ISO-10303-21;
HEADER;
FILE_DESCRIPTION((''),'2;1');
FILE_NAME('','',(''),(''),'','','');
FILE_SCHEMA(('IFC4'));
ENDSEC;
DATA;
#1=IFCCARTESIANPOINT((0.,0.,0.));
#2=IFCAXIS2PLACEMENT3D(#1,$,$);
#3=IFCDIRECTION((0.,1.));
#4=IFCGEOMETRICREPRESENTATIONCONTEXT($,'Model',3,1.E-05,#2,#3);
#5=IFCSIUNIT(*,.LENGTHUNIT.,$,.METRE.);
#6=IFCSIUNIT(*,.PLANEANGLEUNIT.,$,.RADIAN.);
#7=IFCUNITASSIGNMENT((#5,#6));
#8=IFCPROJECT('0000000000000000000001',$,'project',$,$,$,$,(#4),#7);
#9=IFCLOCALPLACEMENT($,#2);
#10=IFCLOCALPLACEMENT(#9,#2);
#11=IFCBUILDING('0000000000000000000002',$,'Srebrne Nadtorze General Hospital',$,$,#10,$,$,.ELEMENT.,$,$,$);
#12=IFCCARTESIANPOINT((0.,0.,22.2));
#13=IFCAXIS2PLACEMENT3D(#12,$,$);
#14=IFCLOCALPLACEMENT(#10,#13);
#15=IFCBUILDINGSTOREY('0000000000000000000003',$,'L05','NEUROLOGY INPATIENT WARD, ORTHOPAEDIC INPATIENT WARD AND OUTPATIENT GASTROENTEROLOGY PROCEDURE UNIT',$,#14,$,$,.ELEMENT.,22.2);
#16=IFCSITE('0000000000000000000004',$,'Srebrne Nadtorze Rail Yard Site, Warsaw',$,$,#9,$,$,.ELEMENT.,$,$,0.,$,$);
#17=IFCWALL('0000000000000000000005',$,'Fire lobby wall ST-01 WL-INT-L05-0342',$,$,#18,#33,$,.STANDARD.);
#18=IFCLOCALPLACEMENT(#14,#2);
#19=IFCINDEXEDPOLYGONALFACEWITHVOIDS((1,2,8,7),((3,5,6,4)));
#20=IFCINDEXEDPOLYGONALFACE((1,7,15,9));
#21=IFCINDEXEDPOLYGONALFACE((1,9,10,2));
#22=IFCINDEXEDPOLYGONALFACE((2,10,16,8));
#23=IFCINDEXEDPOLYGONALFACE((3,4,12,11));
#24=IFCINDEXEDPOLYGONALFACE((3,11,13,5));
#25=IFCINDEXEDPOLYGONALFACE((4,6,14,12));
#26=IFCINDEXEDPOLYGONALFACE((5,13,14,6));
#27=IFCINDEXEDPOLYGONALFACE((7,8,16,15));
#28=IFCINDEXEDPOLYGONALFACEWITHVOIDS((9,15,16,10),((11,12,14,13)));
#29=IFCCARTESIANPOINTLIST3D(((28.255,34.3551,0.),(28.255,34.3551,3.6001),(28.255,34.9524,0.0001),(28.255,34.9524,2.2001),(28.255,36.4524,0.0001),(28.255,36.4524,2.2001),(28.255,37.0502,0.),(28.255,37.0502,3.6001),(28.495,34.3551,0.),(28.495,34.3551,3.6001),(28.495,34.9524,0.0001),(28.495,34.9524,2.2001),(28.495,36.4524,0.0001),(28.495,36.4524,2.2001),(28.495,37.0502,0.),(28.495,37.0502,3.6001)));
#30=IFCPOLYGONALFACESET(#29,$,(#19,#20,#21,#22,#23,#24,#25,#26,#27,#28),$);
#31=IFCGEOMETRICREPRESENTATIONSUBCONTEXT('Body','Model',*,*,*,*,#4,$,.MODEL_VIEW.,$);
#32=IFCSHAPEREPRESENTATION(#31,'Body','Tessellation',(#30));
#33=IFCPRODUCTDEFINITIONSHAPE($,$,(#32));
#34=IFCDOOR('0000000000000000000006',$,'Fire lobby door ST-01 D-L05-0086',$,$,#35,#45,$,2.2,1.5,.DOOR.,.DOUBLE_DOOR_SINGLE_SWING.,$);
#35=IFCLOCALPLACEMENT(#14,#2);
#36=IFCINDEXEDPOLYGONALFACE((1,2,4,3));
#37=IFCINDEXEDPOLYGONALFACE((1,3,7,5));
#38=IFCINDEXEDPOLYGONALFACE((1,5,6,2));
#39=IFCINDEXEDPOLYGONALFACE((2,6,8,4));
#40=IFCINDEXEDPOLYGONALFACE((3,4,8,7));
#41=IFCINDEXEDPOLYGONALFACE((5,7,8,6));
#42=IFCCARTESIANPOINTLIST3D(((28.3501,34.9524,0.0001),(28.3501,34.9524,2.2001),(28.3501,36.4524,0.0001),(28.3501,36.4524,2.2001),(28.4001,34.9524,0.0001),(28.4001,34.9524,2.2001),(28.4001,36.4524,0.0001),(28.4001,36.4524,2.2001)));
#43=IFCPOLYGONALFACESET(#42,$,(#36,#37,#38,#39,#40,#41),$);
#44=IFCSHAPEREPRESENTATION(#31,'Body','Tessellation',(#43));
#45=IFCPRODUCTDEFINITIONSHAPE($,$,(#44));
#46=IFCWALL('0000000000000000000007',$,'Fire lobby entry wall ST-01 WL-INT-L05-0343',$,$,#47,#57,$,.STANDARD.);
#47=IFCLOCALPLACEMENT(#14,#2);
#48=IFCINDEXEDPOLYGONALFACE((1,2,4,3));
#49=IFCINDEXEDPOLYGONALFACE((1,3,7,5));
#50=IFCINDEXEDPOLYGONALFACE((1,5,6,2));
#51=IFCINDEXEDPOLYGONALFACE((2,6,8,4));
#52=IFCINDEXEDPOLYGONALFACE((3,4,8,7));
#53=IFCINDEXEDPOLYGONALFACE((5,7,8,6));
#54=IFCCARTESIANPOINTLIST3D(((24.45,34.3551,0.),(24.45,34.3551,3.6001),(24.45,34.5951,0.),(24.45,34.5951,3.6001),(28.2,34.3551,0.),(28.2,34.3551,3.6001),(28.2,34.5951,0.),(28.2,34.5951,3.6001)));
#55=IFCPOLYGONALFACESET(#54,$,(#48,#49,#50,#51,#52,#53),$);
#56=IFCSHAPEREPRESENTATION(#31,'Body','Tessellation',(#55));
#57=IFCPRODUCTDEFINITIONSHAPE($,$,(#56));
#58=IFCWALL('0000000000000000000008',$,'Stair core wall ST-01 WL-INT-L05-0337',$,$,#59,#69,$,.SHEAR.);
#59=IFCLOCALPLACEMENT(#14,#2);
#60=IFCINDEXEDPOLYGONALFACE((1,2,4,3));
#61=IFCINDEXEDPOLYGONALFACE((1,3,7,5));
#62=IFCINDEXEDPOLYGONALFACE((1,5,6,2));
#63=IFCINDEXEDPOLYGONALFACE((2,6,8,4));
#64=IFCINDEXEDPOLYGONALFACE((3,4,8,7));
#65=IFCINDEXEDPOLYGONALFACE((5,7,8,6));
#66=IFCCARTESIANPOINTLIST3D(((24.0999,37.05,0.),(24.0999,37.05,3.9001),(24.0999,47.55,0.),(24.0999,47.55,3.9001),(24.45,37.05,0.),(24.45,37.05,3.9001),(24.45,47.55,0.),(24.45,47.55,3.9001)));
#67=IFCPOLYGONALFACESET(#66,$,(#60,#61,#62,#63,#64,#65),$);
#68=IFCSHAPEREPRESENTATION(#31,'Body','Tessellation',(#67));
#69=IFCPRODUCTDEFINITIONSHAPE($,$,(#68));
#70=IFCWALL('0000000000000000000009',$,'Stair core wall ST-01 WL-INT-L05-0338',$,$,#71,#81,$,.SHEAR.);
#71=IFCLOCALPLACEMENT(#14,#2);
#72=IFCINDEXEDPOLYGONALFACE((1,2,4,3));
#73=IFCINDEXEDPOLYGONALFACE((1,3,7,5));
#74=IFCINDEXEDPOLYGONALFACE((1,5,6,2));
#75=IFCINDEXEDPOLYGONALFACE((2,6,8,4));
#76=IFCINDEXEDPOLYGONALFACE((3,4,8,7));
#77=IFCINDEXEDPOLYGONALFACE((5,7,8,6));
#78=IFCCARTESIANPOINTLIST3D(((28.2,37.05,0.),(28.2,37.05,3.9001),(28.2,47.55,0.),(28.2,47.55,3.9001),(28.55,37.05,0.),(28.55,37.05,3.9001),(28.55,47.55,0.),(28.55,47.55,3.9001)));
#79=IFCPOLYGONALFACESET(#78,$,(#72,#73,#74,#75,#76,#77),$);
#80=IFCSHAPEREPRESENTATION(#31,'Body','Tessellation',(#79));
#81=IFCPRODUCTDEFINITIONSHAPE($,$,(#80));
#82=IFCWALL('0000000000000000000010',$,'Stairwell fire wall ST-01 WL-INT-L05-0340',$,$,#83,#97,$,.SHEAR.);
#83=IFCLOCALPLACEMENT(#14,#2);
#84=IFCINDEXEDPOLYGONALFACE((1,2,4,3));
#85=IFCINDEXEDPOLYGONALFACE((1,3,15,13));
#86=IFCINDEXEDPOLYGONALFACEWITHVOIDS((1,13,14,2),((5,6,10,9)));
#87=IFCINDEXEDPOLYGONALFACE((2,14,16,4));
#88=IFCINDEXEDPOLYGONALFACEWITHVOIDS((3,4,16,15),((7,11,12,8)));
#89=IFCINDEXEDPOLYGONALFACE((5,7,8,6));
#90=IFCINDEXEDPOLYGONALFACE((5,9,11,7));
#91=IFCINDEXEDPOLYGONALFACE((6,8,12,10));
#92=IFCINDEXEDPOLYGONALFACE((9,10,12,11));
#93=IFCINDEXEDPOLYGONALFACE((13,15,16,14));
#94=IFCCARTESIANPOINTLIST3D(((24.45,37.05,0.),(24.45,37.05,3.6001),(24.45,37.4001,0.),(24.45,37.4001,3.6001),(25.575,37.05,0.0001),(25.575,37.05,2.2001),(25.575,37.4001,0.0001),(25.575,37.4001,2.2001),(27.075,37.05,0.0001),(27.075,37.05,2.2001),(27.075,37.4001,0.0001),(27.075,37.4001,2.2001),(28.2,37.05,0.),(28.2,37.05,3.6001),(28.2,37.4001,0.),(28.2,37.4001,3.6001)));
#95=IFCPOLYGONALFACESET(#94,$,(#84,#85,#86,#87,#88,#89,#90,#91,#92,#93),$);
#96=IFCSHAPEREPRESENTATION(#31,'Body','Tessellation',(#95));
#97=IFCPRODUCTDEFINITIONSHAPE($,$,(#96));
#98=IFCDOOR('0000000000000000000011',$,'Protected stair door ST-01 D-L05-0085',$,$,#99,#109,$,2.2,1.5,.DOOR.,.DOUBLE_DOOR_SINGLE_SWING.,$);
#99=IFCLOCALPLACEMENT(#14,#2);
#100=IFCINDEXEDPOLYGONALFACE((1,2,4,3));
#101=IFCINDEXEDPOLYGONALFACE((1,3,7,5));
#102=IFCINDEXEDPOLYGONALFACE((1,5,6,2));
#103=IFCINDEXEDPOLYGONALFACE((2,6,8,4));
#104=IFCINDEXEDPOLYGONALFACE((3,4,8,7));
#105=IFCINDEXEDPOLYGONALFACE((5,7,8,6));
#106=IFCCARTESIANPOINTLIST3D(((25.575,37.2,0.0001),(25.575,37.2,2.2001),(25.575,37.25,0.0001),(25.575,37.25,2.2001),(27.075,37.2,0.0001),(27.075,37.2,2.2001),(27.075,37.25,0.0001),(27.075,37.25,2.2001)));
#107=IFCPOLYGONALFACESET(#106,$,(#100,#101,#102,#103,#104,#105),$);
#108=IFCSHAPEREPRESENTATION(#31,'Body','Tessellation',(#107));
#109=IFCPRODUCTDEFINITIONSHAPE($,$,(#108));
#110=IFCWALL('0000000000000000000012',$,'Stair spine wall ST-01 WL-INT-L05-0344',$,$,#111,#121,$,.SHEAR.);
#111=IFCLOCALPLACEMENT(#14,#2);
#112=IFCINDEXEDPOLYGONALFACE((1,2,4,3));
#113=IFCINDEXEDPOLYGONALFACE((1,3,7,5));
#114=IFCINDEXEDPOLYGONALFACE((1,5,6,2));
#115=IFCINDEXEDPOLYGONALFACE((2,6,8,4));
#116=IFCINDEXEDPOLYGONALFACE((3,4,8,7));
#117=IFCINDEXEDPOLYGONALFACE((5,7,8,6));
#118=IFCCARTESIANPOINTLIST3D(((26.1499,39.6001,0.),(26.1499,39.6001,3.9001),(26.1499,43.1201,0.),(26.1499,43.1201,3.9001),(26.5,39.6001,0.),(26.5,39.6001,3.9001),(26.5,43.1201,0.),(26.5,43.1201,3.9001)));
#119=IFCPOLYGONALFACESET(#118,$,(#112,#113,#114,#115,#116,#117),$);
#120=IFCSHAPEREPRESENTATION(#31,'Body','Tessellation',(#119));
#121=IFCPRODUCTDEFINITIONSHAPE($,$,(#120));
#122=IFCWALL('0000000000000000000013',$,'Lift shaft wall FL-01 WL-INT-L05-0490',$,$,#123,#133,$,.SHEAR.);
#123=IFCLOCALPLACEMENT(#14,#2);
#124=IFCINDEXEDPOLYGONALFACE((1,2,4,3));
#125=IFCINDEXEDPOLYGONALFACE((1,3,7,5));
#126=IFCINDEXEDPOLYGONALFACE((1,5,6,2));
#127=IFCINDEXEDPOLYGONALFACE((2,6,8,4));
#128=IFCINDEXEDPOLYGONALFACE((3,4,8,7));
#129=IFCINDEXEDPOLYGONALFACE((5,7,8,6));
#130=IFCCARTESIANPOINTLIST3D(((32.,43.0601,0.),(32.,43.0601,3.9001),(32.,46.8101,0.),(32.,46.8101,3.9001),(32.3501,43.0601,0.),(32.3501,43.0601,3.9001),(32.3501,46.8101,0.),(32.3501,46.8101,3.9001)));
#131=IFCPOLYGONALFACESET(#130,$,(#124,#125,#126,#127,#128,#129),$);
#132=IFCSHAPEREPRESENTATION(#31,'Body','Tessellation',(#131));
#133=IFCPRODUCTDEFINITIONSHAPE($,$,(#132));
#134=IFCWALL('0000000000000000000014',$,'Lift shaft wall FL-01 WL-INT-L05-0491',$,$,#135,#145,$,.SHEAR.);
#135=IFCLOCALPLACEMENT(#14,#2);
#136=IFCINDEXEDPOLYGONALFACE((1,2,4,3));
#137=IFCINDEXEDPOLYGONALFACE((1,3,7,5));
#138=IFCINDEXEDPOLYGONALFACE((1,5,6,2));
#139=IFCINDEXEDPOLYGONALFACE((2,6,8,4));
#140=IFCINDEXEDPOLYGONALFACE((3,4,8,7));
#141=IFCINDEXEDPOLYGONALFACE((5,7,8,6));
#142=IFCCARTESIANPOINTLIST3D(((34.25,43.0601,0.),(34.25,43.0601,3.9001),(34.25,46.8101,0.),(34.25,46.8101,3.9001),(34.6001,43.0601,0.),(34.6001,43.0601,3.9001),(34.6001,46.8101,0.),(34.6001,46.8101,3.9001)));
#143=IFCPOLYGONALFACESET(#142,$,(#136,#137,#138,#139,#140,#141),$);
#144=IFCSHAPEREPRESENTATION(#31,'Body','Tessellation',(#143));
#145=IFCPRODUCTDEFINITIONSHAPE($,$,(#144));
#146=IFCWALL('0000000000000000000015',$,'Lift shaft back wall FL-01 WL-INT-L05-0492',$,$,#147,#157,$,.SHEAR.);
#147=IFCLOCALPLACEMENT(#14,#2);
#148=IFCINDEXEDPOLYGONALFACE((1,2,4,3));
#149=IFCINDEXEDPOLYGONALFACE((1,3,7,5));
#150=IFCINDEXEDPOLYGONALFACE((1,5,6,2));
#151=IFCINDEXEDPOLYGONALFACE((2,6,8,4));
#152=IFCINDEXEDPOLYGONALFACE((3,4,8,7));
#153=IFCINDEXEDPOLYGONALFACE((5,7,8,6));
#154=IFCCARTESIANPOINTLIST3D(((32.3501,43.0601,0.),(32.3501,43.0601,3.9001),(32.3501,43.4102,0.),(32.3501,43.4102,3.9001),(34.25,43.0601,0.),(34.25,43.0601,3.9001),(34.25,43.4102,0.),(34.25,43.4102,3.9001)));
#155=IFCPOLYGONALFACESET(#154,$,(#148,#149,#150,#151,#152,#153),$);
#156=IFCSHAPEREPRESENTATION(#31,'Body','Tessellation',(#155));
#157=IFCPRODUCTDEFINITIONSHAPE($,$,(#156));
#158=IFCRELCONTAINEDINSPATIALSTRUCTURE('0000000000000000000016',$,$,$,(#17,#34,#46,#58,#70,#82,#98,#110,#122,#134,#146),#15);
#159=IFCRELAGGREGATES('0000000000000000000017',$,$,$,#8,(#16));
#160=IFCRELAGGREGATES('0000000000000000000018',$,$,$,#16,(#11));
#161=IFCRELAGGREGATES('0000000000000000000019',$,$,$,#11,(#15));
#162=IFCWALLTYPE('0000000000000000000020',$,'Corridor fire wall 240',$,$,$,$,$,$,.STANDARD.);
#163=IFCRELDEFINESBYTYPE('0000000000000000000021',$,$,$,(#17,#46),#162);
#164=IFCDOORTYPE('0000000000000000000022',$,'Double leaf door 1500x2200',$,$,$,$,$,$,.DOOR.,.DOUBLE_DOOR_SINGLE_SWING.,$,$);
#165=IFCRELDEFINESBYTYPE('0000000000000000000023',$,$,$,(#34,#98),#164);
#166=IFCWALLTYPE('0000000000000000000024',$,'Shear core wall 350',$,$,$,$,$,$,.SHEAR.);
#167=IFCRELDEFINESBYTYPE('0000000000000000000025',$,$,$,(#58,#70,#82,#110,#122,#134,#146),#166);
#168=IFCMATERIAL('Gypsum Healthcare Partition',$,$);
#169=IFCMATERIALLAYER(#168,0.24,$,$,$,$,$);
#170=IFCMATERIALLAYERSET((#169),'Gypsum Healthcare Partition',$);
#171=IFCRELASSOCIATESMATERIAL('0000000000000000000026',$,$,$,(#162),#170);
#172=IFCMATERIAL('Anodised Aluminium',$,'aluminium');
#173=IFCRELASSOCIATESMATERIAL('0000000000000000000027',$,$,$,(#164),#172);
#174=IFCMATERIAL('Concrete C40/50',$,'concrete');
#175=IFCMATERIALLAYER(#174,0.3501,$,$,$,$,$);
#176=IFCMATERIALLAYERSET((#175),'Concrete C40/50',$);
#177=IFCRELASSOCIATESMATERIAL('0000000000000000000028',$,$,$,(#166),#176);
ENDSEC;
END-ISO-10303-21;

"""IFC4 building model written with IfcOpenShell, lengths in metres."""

from ifc_helpers import new_model, si_unit, direction, frame, frame_2d, origin, place, context, subcontext, project, spatial, rectangle, extrude, material, layer, layer_set, type_object, element, fill, save


model = new_model("IFC4")

# Units and contexts
model_context = context("Model", 3, precision=1e-05, world=origin(), true_north=direction((0.0, 1.0)))
body_context = subcontext(model_context, "Body", "Model", "MODEL_VIEW")
ifc_project = project(units=[si_unit("LENGTHUNIT", "METRE"), si_unit("PLANEANGLEUNIT", "RADIAN")], contexts=[model_context])

# Site, building, storey
site_placement = place(None, origin())
site = spatial("IfcSite", under=ifc_project, at=site_placement, Name="Srebrne Nadtorze Rail Yard Site, Warsaw", CompositionType="ELEMENT", RefElevation=0.0)
building_placement = place(site_placement, origin())
building = spatial("IfcBuilding", under=site, at=building_placement, Name="Srebrne Nadtorze General Hospital", CompositionType="ELEMENT")
storey_placement = place(building_placement, frame((0.0, 0.0, 22.2)))
storey = spatial("IfcBuildingStorey", under=building, at=storey_placement, Name="L05", Description="NEUROLOGY INPATIENT WARD, ORTHOPAEDIC INPATIENT WARD AND OUTPATIENT GASTROENTEROLOGY PROCEDURE UNIT", CompositionType="ELEMENT", Elevation=22.2)

# Shared definitions
ifc_material_1 = material(Name="Gypsum Healthcare Partition")
ifc_layer_1 = layer(ifc_material_1, 0.24)
ifc_layer_set_1 = layer_set([ifc_layer_1], Name="Gypsum Healthcare Partition")
wall_type_1 = type_object("IfcWallType", Name="Corridor fire wall 240", PredefinedType="STANDARD", material=ifc_layer_set_1)

# Wall, opening, door
wall_1_placement = place(storey_placement, frame((28.375, 34.355, 0.0), z_axis=(0.0, 0.0, 1.0), x_axis=(0.0, 1.0, 0.0)))
wall_1 = element("IfcWall", 1, at=wall_1_placement, inside=storey, type_object=wall_type_1, Name="Fire lobby wall ST-01 WL-INT-L05-0342", PredefinedType="STANDARD", context=body_context, shape_type="SweptSolid", body=[
    extrude(rectangle(XDim=2.6951, YDim=0.24, at=frame_2d((1.3477, 0.0))), origin(), (0.0, 0.0, 1.0), 3.6001),
])
opening_1_placement = place(wall_1_placement, frame((0.5974, 0.0, 0.0)))
opening_1 = element("IfcOpeningElement", 2, at=opening_1_placement, cuts=wall_1, PredefinedType="OPENING", context=body_context, shape_type="SweptSolid", body=[
    extrude(rectangle(XDim=1.5, YDim=2.2, at=frame_2d((0.75, 1.1001))), frame((0.0, 0.1318, 0.0), z_axis=(0.0, -1.0, 0.0), x_axis=(1.0, 0.0, 0.0)), (0.0, 0.0, 1.0), 0.2639),
])
ifc_material_2 = material(Name="Anodised Aluminium", Category="aluminium")
door_type_1 = type_object("IfcDoorType", Name="Double leaf door 1500x2200", OperationType="DOUBLE_DOOR_SINGLE_SWING", PredefinedType="DOOR", material=ifc_material_2)
door_1_placement = place(opening_1_placement, origin())
door_1 = element("IfcDoor", 3, at=door_1_placement, inside=storey, type_object=door_type_1, Name="Fire lobby door ST-01 D-L05-0086", OperationType="DOUBLE_DOOR_SINGLE_SWING", OverallHeight=2.2, OverallWidth=1.5, PredefinedType="DOOR", context=body_context, shape_type="SweptSolid", body=[
    extrude(rectangle(XDim=1.5, YDim=2.2, at=frame_2d((0.75, 1.1001))), frame((0.0, 0.0249, 0.0), z_axis=(0.0, -1.0, 0.0), x_axis=(1.0, 0.0, 0.0)), (0.0, 0.0, 1.0), 0.05),
])
fill(opening_1, door_1)

# Walls
wall_2_placement = place(storey_placement, frame((24.45, 34.4751, 0.0), z_axis=(0.0, 0.0, 1.0), x_axis=(1.0, 0.0, 0.0)))
element("IfcWall", 4, at=wall_2_placement, inside=storey, type_object=wall_type_1, Name="Fire lobby entry wall ST-01 WL-INT-L05-0343", PredefinedType="STANDARD", context=body_context, shape_type="SweptSolid", body=[
    extrude(rectangle(XDim=3.75, YDim=0.24, at=frame_2d((1.875, 0.0))), origin(), (0.0, 0.0, 1.0), 3.6001),
])
ifc_material_3 = material(Name="Concrete C40/50", Category="concrete")
ifc_layer_2 = layer(ifc_material_3, 0.3501)
ifc_layer_set_2 = layer_set([ifc_layer_2], Name="Concrete C40/50")
wall_type_2 = type_object("IfcWallType", Name="Shear core wall 350", PredefinedType="SHEAR", material=ifc_layer_set_2)
for number, where, z_axis, x_axis, name in (
    (5, (24.2749, 37.05, 0.0), (0.0, 0.0, 1.0), (0.0, 1.0, 0.0), "Stair core wall ST-01 WL-INT-L05-0337"),
    (6, (28.375, 37.05, 0.0), (0.0, 0.0, 1.0), (0.0, 1.0, 0.0), "Stair core wall ST-01 WL-INT-L05-0338"),
):
    element("IfcWall", number, at=place(storey_placement, frame(where, z_axis=z_axis, x_axis=x_axis)), inside=storey, type_object=wall_type_2, Name=name, PredefinedType="SHEAR", context=body_context, shape_type="SweptSolid", body=[
        extrude(rectangle(XDim=10.5, YDim=0.3501, at=frame_2d((5.25, 0.0))), origin(), (0.0, 0.0, 1.0), 3.9001),
    ])

# Wall, opening, door
wall_3_placement = place(storey_placement, frame((24.45, 37.2251, 0.0), z_axis=(0.0, 0.0, 1.0), x_axis=(1.0, 0.0, 0.0)))
wall_3 = element("IfcWall", 7, at=wall_3_placement, inside=storey, type_object=wall_type_2, Name="Stairwell fire wall ST-01 WL-INT-L05-0340", PredefinedType="SHEAR", context=body_context, shape_type="SweptSolid", body=[
    extrude(rectangle(XDim=3.75, YDim=0.3501, at=frame_2d((1.875, 0.0))), origin(), (0.0, 0.0, 1.0), 3.6001),
])
opening_2_placement = place(wall_3_placement, frame((1.125, 0.0, 0.0)))
opening_2 = element("IfcOpeningElement", 8, at=opening_2_placement, cuts=wall_3, PredefinedType="OPENING", context=body_context, shape_type="SweptSolid", body=[
    extrude(rectangle(XDim=1.5, YDim=2.2, at=frame_2d((0.75, 1.1001))), frame((0.0, 0.187, 0.0), z_axis=(0.0, -1.0, 0.0), x_axis=(1.0, 0.0, 0.0)), (0.0, 0.0, 1.0), 0.374),
])
door_2_placement = place(opening_2_placement, origin())
door_2 = element("IfcDoor", 9, at=door_2_placement, inside=storey, type_object=door_type_1, Name="Protected stair door ST-01 D-L05-0085", OperationType="DOUBLE_DOOR_SINGLE_SWING", OverallHeight=2.2, OverallWidth=1.5, PredefinedType="DOOR", context=body_context, shape_type="SweptSolid", body=[
    extrude(rectangle(XDim=1.5, YDim=2.2, at=frame_2d((0.75, 1.1001))), frame((0.0, 0.0249, 0.0), z_axis=(0.0, -1.0, 0.0), x_axis=(1.0, 0.0, 0.0)), (0.0, 0.0, 1.0), 0.05),
])
fill(opening_2, door_2)

# Walls
wall_4_placement = place(storey_placement, frame((26.325, 39.6001, 0.0), z_axis=(0.0, 0.0, 1.0), x_axis=(0.0, 1.0, 0.0)))
element("IfcWall", 10, at=wall_4_placement, inside=storey, type_object=wall_type_2, Name="Stair spine wall ST-01 WL-INT-L05-0344", PredefinedType="SHEAR", context=body_context, shape_type="SweptSolid", body=[
    extrude(rectangle(XDim=3.52, YDim=0.3501, at=frame_2d((1.76, 0.0))), origin(), (0.0, 0.0, 1.0), 3.9001),
])
for number, where, z_axis, x_axis, name in (
    (11, (32.175, 43.0601, 0.0), (0.0, 0.0, 1.0), (0.0, 1.0, 0.0), "Lift shaft wall FL-01 WL-INT-L05-0490"),
    (12, (34.425, 43.0601, 0.0), (0.0, 0.0, 1.0), (0.0, 1.0, 0.0), "Lift shaft wall FL-01 WL-INT-L05-0491"),
):
    element("IfcWall", number, at=place(storey_placement, frame(where, z_axis=z_axis, x_axis=x_axis)), inside=storey, type_object=wall_type_2, Name=name, PredefinedType="SHEAR", context=body_context, shape_type="SweptSolid", body=[
        extrude(rectangle(XDim=3.75, YDim=0.3501, at=frame_2d((1.875, 0.0))), origin(), (0.0, 0.0, 1.0), 3.9001),
    ])
wall_5_placement = place(storey_placement, frame((32.3501, 43.2351, 0.0), z_axis=(0.0, 0.0, 1.0), x_axis=(1.0, 0.0, 0.0)))
element("IfcWall", 13, at=wall_5_placement, inside=storey, type_object=wall_type_2, Name="Lift shaft back wall FL-01 WL-INT-L05-0492", PredefinedType="SHEAR", context=body_context, shape_type="SweptSolid", body=[
    extrude(rectangle(XDim=1.8999, YDim=0.3501, at=frame_2d((0.95, 0.0))), origin(), (0.0, 0.0, 1.0), 3.9001),
])

save(model, "model.ifc")
